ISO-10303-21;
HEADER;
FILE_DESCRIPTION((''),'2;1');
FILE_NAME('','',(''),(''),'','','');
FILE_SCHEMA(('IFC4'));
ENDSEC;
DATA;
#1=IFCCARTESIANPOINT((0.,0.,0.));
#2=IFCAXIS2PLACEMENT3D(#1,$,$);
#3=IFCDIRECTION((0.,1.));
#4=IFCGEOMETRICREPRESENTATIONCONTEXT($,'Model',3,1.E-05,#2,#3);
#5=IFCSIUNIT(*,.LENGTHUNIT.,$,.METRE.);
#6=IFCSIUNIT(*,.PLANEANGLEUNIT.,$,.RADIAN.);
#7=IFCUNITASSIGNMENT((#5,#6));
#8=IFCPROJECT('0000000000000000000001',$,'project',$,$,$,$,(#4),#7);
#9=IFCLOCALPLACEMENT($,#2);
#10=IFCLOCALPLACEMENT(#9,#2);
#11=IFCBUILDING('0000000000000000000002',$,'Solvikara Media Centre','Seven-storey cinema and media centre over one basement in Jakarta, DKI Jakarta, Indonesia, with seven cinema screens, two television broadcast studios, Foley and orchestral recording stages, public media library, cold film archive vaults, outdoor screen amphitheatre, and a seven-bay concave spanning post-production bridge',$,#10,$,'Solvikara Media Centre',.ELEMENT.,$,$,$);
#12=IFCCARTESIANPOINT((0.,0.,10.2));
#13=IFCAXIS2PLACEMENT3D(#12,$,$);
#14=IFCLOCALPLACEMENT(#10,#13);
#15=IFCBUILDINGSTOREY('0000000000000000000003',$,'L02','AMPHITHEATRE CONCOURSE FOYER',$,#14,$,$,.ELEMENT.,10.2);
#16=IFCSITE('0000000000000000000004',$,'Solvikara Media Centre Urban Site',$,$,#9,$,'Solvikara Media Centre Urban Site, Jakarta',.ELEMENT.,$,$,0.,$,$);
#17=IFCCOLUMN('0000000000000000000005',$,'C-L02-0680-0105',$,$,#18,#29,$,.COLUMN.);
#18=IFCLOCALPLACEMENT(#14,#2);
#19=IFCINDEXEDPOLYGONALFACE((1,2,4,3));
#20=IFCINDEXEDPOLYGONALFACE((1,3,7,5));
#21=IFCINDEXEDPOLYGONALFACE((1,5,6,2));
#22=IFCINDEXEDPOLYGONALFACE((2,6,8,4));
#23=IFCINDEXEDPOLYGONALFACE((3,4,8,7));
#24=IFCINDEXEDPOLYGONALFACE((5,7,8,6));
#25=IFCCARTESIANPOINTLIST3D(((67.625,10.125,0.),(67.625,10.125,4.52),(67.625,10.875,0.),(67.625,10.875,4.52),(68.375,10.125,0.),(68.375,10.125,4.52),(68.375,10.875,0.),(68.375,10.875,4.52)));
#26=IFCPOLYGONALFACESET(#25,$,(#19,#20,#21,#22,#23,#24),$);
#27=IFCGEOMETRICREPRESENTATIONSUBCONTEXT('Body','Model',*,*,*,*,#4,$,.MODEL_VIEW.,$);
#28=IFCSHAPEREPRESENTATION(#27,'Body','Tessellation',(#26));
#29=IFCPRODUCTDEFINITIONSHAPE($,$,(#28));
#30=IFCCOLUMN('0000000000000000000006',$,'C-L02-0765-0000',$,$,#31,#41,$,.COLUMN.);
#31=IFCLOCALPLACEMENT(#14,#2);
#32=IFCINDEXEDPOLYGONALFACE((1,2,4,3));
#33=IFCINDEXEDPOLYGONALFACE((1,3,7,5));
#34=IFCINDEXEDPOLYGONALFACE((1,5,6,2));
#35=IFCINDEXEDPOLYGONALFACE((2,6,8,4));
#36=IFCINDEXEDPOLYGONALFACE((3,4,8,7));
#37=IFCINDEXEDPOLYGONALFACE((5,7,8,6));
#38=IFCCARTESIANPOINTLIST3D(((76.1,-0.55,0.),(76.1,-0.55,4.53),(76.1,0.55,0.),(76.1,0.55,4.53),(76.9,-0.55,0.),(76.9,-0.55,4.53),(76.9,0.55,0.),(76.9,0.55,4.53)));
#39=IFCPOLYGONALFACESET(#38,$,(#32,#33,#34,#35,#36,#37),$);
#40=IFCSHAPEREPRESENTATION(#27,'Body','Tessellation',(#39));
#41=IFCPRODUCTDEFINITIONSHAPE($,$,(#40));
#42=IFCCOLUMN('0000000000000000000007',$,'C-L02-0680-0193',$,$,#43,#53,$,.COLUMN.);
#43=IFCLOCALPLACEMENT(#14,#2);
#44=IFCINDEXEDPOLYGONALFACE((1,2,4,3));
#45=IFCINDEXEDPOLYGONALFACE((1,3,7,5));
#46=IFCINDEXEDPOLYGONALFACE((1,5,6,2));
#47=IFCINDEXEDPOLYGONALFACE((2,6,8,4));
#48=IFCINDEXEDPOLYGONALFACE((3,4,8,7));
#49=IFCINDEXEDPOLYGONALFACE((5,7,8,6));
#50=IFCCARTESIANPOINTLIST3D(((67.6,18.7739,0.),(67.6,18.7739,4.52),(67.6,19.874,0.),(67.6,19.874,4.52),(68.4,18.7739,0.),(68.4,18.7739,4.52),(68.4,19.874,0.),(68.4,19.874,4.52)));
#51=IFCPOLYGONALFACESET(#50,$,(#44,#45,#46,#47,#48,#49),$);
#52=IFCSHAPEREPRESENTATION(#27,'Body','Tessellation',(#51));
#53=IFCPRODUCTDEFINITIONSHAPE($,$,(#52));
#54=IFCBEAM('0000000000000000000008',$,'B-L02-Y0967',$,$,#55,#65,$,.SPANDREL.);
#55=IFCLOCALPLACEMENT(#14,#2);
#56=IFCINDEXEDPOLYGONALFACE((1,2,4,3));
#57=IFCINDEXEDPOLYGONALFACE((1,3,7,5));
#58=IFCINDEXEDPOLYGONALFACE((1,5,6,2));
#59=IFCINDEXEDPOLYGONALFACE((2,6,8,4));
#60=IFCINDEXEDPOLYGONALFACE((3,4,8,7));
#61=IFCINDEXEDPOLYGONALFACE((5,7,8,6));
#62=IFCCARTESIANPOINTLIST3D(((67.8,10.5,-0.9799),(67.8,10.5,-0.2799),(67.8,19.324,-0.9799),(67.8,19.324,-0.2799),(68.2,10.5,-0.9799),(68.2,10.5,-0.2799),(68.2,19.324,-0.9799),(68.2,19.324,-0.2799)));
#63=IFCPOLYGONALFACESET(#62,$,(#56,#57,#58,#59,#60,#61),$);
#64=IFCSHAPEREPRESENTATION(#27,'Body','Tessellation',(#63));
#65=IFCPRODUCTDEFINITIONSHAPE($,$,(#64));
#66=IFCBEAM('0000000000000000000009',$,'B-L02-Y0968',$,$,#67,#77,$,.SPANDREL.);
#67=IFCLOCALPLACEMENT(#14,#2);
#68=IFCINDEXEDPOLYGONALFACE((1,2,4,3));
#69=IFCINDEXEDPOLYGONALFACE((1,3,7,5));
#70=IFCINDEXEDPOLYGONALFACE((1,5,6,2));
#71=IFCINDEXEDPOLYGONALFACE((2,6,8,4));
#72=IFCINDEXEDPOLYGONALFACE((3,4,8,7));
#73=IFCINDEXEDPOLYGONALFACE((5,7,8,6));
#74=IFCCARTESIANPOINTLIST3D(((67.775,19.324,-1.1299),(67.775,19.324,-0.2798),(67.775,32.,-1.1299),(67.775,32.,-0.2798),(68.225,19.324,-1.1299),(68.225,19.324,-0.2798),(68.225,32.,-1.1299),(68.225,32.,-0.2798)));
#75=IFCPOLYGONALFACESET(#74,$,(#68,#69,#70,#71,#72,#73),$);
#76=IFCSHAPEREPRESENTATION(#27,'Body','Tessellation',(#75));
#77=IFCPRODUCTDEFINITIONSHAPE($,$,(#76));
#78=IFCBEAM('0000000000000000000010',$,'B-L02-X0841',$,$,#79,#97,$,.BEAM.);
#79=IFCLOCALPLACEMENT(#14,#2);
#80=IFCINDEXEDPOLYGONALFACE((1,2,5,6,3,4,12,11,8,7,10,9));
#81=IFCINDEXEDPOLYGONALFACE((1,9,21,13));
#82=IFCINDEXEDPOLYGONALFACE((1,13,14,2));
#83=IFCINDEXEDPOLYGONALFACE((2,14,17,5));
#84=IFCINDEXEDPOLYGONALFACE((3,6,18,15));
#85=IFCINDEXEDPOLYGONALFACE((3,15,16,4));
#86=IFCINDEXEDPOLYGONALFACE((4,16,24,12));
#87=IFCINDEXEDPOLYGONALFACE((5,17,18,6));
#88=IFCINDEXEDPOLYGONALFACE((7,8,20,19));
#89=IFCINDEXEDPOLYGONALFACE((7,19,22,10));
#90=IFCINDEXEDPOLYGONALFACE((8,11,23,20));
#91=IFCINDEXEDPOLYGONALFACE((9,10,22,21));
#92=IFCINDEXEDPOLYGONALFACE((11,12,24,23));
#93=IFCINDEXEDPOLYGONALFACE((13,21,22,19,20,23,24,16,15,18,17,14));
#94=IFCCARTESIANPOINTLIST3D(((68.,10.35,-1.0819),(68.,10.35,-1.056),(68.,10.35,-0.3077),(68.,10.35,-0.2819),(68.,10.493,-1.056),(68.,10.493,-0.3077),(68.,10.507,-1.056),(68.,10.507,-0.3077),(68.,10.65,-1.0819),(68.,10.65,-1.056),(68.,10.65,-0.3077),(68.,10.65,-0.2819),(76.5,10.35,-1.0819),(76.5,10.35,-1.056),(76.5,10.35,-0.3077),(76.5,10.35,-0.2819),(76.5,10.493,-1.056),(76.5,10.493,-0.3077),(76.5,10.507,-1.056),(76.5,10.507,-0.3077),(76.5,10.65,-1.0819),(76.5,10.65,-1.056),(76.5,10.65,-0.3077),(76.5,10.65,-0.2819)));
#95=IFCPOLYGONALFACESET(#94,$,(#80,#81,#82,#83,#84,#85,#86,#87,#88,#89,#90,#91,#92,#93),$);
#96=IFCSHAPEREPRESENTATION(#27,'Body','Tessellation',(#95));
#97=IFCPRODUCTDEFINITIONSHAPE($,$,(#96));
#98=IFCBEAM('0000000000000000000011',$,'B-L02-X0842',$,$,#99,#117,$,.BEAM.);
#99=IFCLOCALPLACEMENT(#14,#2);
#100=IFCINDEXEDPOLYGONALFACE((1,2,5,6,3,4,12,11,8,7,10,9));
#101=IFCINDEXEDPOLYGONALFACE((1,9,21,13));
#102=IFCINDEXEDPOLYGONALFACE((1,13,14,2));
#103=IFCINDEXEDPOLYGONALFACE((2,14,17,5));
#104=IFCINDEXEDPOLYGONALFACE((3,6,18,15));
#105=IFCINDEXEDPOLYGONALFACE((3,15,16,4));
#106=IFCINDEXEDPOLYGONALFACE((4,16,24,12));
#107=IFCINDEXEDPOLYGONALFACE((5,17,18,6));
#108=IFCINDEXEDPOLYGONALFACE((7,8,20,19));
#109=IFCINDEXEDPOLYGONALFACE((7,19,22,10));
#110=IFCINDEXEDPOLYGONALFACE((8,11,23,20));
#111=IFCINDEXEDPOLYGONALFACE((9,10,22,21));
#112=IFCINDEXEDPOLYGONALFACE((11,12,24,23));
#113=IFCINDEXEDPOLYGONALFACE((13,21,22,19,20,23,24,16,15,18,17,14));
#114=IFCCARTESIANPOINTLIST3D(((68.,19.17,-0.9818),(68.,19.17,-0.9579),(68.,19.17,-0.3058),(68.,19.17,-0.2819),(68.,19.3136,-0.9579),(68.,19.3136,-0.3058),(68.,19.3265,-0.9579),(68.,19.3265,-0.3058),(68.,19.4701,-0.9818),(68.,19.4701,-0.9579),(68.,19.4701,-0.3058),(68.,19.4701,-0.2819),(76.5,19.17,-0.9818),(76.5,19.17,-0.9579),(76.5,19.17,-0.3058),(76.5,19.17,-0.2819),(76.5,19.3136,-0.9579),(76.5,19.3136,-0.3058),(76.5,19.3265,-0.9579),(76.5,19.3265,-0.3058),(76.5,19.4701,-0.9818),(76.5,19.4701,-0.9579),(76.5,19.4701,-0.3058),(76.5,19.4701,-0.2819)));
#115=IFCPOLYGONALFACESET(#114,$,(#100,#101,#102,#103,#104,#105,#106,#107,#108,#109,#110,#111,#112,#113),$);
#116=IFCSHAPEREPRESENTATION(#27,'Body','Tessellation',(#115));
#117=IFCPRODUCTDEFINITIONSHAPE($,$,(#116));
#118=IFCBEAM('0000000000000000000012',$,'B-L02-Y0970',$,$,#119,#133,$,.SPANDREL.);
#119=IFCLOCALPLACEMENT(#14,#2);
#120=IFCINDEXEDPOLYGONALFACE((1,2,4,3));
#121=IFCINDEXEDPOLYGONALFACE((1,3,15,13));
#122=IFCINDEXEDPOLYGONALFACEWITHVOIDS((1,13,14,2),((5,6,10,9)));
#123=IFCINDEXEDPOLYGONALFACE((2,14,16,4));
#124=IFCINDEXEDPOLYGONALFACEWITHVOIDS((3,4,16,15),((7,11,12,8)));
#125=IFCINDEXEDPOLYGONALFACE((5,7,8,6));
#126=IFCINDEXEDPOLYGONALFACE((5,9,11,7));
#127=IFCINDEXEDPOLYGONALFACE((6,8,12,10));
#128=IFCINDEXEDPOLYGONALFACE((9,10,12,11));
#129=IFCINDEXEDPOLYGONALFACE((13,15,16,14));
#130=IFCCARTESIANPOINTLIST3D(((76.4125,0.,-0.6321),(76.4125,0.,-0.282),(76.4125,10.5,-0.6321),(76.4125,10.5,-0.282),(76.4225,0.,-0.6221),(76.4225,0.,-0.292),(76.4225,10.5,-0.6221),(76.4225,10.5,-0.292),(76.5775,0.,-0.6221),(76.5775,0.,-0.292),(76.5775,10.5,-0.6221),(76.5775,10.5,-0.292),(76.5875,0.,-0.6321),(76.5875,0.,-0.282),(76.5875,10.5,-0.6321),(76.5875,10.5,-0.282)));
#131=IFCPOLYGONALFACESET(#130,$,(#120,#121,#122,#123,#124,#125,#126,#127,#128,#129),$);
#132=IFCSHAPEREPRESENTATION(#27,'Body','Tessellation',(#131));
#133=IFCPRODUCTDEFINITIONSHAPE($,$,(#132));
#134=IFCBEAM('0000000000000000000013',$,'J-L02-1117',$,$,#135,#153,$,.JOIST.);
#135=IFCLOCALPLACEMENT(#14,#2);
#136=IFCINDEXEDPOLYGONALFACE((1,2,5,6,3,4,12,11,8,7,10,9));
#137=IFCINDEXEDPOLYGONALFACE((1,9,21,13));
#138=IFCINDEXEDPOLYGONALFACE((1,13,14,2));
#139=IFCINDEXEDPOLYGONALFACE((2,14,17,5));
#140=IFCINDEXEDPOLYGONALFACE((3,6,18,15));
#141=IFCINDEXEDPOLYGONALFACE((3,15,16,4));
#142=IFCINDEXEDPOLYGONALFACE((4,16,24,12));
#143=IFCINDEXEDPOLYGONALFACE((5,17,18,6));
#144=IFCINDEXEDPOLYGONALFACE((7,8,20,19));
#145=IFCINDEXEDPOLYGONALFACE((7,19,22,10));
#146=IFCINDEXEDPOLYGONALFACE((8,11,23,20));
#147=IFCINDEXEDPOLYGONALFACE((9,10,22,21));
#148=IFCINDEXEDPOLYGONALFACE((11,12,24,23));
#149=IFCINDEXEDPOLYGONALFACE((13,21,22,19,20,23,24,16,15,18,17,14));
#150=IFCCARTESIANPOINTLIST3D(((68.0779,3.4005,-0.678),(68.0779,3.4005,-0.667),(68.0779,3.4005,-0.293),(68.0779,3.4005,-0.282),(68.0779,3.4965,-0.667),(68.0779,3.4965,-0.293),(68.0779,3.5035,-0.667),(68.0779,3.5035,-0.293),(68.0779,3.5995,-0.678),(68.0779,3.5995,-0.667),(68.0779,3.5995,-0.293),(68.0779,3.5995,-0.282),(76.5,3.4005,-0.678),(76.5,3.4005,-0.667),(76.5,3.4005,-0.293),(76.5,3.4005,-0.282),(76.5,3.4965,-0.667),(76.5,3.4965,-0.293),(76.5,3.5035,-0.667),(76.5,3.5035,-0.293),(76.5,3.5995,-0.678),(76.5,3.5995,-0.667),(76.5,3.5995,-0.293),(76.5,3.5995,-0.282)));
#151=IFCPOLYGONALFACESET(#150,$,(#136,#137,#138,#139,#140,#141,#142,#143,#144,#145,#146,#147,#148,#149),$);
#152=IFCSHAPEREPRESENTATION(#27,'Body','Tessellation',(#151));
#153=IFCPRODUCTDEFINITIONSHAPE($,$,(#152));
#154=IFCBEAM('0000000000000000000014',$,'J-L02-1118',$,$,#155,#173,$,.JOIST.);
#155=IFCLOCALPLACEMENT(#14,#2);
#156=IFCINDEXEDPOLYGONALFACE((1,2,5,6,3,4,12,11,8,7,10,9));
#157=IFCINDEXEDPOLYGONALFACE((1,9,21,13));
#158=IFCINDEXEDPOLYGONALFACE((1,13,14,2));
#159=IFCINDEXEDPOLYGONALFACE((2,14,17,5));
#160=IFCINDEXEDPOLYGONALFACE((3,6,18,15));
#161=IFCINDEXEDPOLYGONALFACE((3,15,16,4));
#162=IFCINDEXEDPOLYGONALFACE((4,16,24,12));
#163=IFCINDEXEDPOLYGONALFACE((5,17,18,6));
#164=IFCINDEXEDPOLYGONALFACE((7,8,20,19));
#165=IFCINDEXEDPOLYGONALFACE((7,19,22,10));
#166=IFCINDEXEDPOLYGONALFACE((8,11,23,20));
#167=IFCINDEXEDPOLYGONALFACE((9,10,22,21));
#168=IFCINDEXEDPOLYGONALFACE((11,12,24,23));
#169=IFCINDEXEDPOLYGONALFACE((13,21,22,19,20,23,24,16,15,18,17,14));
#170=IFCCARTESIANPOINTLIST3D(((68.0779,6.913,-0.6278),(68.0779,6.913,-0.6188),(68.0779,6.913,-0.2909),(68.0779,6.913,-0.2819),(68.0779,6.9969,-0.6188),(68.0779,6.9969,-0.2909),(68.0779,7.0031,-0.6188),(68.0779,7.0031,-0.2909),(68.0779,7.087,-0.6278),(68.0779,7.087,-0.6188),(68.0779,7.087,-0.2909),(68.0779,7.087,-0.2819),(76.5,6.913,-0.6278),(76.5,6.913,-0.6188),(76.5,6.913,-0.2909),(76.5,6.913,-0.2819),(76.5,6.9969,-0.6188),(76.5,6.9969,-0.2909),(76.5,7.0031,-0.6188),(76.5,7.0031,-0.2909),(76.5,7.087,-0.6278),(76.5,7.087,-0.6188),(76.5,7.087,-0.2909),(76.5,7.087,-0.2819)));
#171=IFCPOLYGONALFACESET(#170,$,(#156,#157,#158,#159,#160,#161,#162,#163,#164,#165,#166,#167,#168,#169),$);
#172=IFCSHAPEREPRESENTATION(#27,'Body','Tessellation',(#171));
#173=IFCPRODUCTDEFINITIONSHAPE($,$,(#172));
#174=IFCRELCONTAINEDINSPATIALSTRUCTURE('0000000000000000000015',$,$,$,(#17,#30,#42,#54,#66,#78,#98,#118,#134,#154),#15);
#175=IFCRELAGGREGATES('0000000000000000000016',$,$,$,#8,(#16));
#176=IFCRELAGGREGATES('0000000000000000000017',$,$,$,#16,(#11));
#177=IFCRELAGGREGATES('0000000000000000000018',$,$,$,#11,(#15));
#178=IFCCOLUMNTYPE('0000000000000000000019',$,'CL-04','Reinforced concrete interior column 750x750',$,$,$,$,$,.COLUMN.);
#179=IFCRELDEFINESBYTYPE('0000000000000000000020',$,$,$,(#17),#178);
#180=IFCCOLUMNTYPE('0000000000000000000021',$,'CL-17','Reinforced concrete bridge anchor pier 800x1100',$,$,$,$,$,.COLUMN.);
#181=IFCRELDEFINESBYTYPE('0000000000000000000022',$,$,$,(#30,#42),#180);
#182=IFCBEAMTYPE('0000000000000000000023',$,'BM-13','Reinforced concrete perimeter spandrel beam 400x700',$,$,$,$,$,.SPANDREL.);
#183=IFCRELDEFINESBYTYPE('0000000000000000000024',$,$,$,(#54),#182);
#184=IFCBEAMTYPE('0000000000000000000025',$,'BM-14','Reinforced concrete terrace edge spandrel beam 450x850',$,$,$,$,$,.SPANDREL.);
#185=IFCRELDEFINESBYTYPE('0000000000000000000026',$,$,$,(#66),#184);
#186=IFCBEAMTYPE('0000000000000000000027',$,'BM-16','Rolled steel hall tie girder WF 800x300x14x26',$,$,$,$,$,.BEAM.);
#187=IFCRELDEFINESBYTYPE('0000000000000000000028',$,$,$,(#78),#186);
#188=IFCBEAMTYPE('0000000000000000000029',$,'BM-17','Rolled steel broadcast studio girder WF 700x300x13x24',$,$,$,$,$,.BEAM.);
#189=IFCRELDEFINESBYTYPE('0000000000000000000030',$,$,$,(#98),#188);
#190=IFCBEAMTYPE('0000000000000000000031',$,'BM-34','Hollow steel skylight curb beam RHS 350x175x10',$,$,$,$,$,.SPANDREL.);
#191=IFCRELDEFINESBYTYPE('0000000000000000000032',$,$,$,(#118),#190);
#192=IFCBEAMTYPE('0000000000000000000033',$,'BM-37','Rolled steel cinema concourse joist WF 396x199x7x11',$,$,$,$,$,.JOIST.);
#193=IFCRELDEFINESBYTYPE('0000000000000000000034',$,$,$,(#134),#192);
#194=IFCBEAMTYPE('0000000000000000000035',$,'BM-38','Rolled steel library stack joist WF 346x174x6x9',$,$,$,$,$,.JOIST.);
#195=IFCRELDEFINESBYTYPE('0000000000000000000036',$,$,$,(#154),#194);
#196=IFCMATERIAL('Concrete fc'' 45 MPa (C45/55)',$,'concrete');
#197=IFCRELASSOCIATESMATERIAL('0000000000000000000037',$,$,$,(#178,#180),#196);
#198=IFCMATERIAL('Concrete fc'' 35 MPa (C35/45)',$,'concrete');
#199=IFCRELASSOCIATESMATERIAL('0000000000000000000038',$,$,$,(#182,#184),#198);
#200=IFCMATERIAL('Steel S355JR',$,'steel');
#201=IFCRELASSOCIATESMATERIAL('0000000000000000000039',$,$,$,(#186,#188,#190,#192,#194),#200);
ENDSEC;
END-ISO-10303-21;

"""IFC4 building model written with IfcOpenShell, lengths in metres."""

from ifc_helpers import new_model, si_unit, direction, frame, origin, origin_2d, place, context, subcontext, project, spatial, rectangle, hollow_rectangle, i_section, extrude, material, material_profile, profile_set, type_object, element, save


model = new_model("IFC4")

# Units and contexts
model_context = context("Model", 3, precision=1e-05, world=origin(), true_north=direction((0.0, 1.0)))
body_context = subcontext(model_context, "Body", "Model", "MODEL_VIEW")
ifc_project = project(units=[si_unit("LENGTHUNIT", "METRE"), si_unit("PLANEANGLEUNIT", "RADIAN")], contexts=[model_context])

# Site, building, storey
site_placement = place(None, origin())
site = spatial("IfcSite", under=ifc_project, at=site_placement, Name="Solvikara Media Centre Urban Site", LongName="Solvikara Media Centre Urban Site, Jakarta", CompositionType="ELEMENT", RefElevation=0.0)
building_placement = place(site_placement, origin())
building = spatial("IfcBuilding", under=site, at=building_placement, Name="Solvikara Media Centre", Description="Seven-storey cinema and media centre over one basement in Jakarta, DKI Jakarta, Indonesia, with seven cinema screens, two television broadcast studios, Foley and orchestral recording stages, public media library, cold film archive vaults, outdoor screen amphitheatre, and a seven-bay concave spanning post-production bridge", LongName="Solvikara Media Centre", CompositionType="ELEMENT")
storey_placement = place(building_placement, frame((0.0, 0.0, 10.2)))
storey = spatial("IfcBuildingStorey", under=building, at=storey_placement, Name="L02", Description="AMPHITHEATRE CONCOURSE FOYER", CompositionType="ELEMENT", Elevation=10.2)

# Columns
ifc_material_1 = material(Name="Concrete fc' 45 MPa (C45/55)", Category="concrete")
ifc_material_profile_1 = material_profile(ifc_material_1, rectangle(XDim=0.75, YDim=0.75, at=origin_2d()), Name="RC 750x750")
ifc_profile_set_1 = profile_set([ifc_material_profile_1], Name="Concrete fc' 45 MPa (C45/55)")
column_type_1 = type_object("IfcColumnType", Name="CL-04", Description="Reinforced concrete interior column 750x750", PredefinedType="COLUMN", material=ifc_profile_set_1)
column_1_placement = place(storey_placement, frame((68.0, 10.5, 0.0), z_axis=(0.0, 0.0, 1.0), x_axis=(1.0, 0.0, 0.0)))
element("IfcColumn", 1, at=column_1_placement, inside=storey, type_object=column_type_1, Name="C-L02-0680-0105", PredefinedType="COLUMN", context=body_context, shape_type="SweptSolid", body=[
    extrude(rectangle(XDim=0.75, YDim=0.75, at=origin_2d()), origin(), (0.0, 0.0, 1.0), 4.52),
])
ifc_material_profile_2 = material_profile(ifc_material_1, rectangle(XDim=0.8, YDim=1.1001, at=origin_2d()), Name="RC 800x1100")
ifc_profile_set_2 = profile_set([ifc_material_profile_2], Name="Concrete fc' 45 MPa (C45/55)")
column_type_2 = type_object("IfcColumnType", Name="CL-17", Description="Reinforced concrete bridge anchor pier 800x1100", PredefinedType="COLUMN", material=ifc_profile_set_2)
column_2_placement = place(storey_placement, frame((76.5, 0.0, 0.0), z_axis=(0.0, 0.0, 1.0), x_axis=(1.0, 0.0, 0.0)))
element("IfcColumn", 2, at=column_2_placement, inside=storey, type_object=column_type_2, Name="C-L02-0765-0000", PredefinedType="COLUMN", context=body_context, shape_type="SweptSolid", body=[
    extrude(rectangle(XDim=0.8, YDim=1.1001, at=origin_2d()), origin(), (0.0, 0.0, 1.0), 4.53),
])
column_3_placement = place(storey_placement, frame((68.0, 19.324, 0.0), z_axis=(0.0, 0.0, 1.0), x_axis=(1.0, 0.0, 0.0)))
element("IfcColumn", 3, at=column_3_placement, inside=storey, type_object=column_type_2, Name="C-L02-0680-0193", PredefinedType="COLUMN", context=body_context, shape_type="SweptSolid", body=[
    extrude(rectangle(XDim=0.8, YDim=1.1001, at=origin_2d()), origin(), (0.0, 0.0, 1.0), 4.52),
])

# Beams
ifc_material_2 = material(Name="Concrete fc' 35 MPa (C35/45)", Category="concrete")
ifc_material_profile_3 = material_profile(ifc_material_2, rectangle(XDim=0.3999, YDim=0.7, at=origin_2d()), Name="RC 400x700")
ifc_profile_set_3 = profile_set([ifc_material_profile_3], Name="Concrete fc' 35 MPa (C35/45)")
beam_type_1 = type_object("IfcBeamType", Name="BM-13", Description="Reinforced concrete perimeter spandrel beam 400x700", PredefinedType="SPANDREL", material=ifc_profile_set_3)
beam_1_placement = place(storey_placement, frame((68.0, 10.5, -0.6299), z_axis=(0.0, 1.0, 0.0), x_axis=(-1.0, 0.0, 0.0)))
element("IfcBeam", 4, at=beam_1_placement, inside=storey, type_object=beam_type_1, Name="B-L02-Y0967", PredefinedType="SPANDREL", context=body_context, shape_type="SweptSolid", body=[
    extrude(rectangle(XDim=0.3999, YDim=0.7, at=origin_2d()), origin(), (0.0, 0.0, 1.0), 8.824),
])
ifc_material_profile_4 = material_profile(ifc_material_2, rectangle(XDim=0.45, YDim=0.8501, at=origin_2d()), Name="RC 450x850")
ifc_profile_set_4 = profile_set([ifc_material_profile_4], Name="Concrete fc' 35 MPa (C35/45)")
beam_type_2 = type_object("IfcBeamType", Name="BM-14", Description="Reinforced concrete terrace edge spandrel beam 450x850", PredefinedType="SPANDREL", material=ifc_profile_set_4)
beam_2_placement = place(storey_placement, frame((68.0, 19.324, -0.7048), z_axis=(0.0, 1.0, 0.0), x_axis=(-1.0, 0.0, 0.0)))
element("IfcBeam", 5, at=beam_2_placement, inside=storey, type_object=beam_type_2, Name="B-L02-Y0968", PredefinedType="SPANDREL", context=body_context, shape_type="SweptSolid", body=[
    extrude(rectangle(XDim=0.45, YDim=0.8501, at=origin_2d()), origin(), (0.0, 0.0, 1.0), 12.676),
])
ifc_material_3 = material(Name="Steel S355JR", Category="steel")
ifc_material_profile_5 = material_profile(ifc_material_3, i_section(OverallWidth=0.3, OverallDepth=0.8, WebThickness=0.0139, FlangeThickness=0.0259, at=origin_2d()), Name="WF 800x300x14x26")
ifc_profile_set_5 = profile_set([ifc_material_profile_5], Name="Steel S355JR")
beam_type_3 = type_object("IfcBeamType", Name="BM-16", Description="Rolled steel hall tie girder WF 800x300x14x26", PredefinedType="BEAM", material=ifc_profile_set_5)
beam_3_placement = place(storey_placement, frame((68.0, 10.5, -0.6819), z_axis=(1.0, 0.0, 0.0), x_axis=(0.0, 1.0, 0.0)))
element("IfcBeam", 6, at=beam_3_placement, inside=storey, type_object=beam_type_3, Name="B-L02-X0841", PredefinedType="BEAM", context=body_context, shape_type="SweptSolid", body=[
    extrude(i_section(OverallWidth=0.3, OverallDepth=0.8, WebThickness=0.0139, FlangeThickness=0.0259, at=origin_2d()), origin(), (0.0, 0.0, 1.0), 8.5),
])
ifc_material_profile_6 = material_profile(ifc_material_3, i_section(OverallWidth=0.3, OverallDepth=0.7, WebThickness=0.0129, FlangeThickness=0.0239, at=origin_2d()), Name="WF 700x300x13x24")
ifc_profile_set_6 = profile_set([ifc_material_profile_6], Name="Steel S355JR")
beam_type_4 = type_object("IfcBeamType", Name="BM-17", Description="Rolled steel broadcast studio girder WF 700x300x13x24", PredefinedType="BEAM", material=ifc_profile_set_6)
beam_4_placement = place(storey_placement, frame((68.0, 19.3201, -0.6318), z_axis=(1.0, 0.0, 0.0), x_axis=(0.0, 1.0, 0.0)))
element("IfcBeam", 7, at=beam_4_placement, inside=storey, type_object=beam_type_4, Name="B-L02-X0842", PredefinedType="BEAM", context=body_context, shape_type="SweptSolid", body=[
    extrude(i_section(OverallWidth=0.3, OverallDepth=0.7, WebThickness=0.0129, FlangeThickness=0.0239, at=origin_2d()), origin(), (0.0, 0.0, 1.0), 8.5),
])
ifc_material_profile_7 = material_profile(ifc_material_3, hollow_rectangle(XDim=0.175, YDim=0.3501, WallThickness=0.01, at=origin_2d()), Name="RHS 350x175x10")
ifc_profile_set_7 = profile_set([ifc_material_profile_7], Name="Steel S355JR")
beam_type_5 = type_object("IfcBeamType", Name="BM-34", Description="Hollow steel skylight curb beam RHS 350x175x10", PredefinedType="SPANDREL", material=ifc_profile_set_7)
beam_5_placement = place(storey_placement, frame((76.5, 0.0, -0.457), z_axis=(0.0, 1.0, 0.0), x_axis=(-1.0, 0.0, 0.0)))
element("IfcBeam", 8, at=beam_5_placement, inside=storey, type_object=beam_type_5, Name="B-L02-Y0970", PredefinedType="SPANDREL", context=body_context, shape_type="SweptSolid", body=[
    extrude(hollow_rectangle(XDim=0.175, YDim=0.3501, WallThickness=0.01, at=origin_2d()), origin(), (0.0, 0.0, 1.0), 10.5),
])
ifc_material_profile_8 = material_profile(ifc_material_3, i_section(OverallWidth=0.199, OverallDepth=0.396, WebThickness=0.0071, FlangeThickness=0.011, at=origin_2d()), Name="WF 396x199x7x11")
ifc_profile_set_8 = profile_set([ifc_material_profile_8], Name="Steel S355JR")
beam_type_6 = type_object("IfcBeamType", Name="BM-37", Description="Rolled steel cinema concourse joist WF 396x199x7x11", PredefinedType="JOIST", material=ifc_profile_set_8)
beam_6_placement = place(storey_placement, frame((68.0779, 3.5, -0.48), z_axis=(1.0, 0.0, 0.0), x_axis=(0.0, 1.0, 0.0)))
element("IfcBeam", 9, at=beam_6_placement, inside=storey, type_object=beam_type_6, Name="J-L02-1117", PredefinedType="JOIST", context=body_context, shape_type="SweptSolid", body=[
    extrude(i_section(OverallWidth=0.199, OverallDepth=0.396, WebThickness=0.0071, FlangeThickness=0.011, at=origin_2d()), origin(), (0.0, 0.0, 1.0), 8.4221),
])
ifc_material_profile_9 = material_profile(ifc_material_3, i_section(OverallWidth=0.1741, OverallDepth=0.3459, WebThickness=0.0061, FlangeThickness=0.009, at=origin_2d()), Name="WF 346x174x6x9")
ifc_profile_set_9 = profile_set([ifc_material_profile_9], Name="Steel S355JR")
beam_type_7 = type_object("IfcBeamType", Name="BM-38", Description="Rolled steel library stack joist WF 346x174x6x9", PredefinedType="JOIST", material=ifc_profile_set_9)
beam_7_placement = place(storey_placement, frame((68.0779, 7.0, -0.4548), z_axis=(1.0, 0.0, 0.0), x_axis=(0.0, 1.0, 0.0)))
element("IfcBeam", 10, at=beam_7_placement, inside=storey, type_object=beam_type_7, Name="J-L02-1118", PredefinedType="JOIST", context=body_context, shape_type="SweptSolid", body=[
    extrude(i_section(OverallWidth=0.1741, OverallDepth=0.3459, WebThickness=0.0061, FlangeThickness=0.009, at=origin_2d()), origin(), (0.0, 0.0, 1.0), 8.4221),
])

save(model, "model.ifc")
